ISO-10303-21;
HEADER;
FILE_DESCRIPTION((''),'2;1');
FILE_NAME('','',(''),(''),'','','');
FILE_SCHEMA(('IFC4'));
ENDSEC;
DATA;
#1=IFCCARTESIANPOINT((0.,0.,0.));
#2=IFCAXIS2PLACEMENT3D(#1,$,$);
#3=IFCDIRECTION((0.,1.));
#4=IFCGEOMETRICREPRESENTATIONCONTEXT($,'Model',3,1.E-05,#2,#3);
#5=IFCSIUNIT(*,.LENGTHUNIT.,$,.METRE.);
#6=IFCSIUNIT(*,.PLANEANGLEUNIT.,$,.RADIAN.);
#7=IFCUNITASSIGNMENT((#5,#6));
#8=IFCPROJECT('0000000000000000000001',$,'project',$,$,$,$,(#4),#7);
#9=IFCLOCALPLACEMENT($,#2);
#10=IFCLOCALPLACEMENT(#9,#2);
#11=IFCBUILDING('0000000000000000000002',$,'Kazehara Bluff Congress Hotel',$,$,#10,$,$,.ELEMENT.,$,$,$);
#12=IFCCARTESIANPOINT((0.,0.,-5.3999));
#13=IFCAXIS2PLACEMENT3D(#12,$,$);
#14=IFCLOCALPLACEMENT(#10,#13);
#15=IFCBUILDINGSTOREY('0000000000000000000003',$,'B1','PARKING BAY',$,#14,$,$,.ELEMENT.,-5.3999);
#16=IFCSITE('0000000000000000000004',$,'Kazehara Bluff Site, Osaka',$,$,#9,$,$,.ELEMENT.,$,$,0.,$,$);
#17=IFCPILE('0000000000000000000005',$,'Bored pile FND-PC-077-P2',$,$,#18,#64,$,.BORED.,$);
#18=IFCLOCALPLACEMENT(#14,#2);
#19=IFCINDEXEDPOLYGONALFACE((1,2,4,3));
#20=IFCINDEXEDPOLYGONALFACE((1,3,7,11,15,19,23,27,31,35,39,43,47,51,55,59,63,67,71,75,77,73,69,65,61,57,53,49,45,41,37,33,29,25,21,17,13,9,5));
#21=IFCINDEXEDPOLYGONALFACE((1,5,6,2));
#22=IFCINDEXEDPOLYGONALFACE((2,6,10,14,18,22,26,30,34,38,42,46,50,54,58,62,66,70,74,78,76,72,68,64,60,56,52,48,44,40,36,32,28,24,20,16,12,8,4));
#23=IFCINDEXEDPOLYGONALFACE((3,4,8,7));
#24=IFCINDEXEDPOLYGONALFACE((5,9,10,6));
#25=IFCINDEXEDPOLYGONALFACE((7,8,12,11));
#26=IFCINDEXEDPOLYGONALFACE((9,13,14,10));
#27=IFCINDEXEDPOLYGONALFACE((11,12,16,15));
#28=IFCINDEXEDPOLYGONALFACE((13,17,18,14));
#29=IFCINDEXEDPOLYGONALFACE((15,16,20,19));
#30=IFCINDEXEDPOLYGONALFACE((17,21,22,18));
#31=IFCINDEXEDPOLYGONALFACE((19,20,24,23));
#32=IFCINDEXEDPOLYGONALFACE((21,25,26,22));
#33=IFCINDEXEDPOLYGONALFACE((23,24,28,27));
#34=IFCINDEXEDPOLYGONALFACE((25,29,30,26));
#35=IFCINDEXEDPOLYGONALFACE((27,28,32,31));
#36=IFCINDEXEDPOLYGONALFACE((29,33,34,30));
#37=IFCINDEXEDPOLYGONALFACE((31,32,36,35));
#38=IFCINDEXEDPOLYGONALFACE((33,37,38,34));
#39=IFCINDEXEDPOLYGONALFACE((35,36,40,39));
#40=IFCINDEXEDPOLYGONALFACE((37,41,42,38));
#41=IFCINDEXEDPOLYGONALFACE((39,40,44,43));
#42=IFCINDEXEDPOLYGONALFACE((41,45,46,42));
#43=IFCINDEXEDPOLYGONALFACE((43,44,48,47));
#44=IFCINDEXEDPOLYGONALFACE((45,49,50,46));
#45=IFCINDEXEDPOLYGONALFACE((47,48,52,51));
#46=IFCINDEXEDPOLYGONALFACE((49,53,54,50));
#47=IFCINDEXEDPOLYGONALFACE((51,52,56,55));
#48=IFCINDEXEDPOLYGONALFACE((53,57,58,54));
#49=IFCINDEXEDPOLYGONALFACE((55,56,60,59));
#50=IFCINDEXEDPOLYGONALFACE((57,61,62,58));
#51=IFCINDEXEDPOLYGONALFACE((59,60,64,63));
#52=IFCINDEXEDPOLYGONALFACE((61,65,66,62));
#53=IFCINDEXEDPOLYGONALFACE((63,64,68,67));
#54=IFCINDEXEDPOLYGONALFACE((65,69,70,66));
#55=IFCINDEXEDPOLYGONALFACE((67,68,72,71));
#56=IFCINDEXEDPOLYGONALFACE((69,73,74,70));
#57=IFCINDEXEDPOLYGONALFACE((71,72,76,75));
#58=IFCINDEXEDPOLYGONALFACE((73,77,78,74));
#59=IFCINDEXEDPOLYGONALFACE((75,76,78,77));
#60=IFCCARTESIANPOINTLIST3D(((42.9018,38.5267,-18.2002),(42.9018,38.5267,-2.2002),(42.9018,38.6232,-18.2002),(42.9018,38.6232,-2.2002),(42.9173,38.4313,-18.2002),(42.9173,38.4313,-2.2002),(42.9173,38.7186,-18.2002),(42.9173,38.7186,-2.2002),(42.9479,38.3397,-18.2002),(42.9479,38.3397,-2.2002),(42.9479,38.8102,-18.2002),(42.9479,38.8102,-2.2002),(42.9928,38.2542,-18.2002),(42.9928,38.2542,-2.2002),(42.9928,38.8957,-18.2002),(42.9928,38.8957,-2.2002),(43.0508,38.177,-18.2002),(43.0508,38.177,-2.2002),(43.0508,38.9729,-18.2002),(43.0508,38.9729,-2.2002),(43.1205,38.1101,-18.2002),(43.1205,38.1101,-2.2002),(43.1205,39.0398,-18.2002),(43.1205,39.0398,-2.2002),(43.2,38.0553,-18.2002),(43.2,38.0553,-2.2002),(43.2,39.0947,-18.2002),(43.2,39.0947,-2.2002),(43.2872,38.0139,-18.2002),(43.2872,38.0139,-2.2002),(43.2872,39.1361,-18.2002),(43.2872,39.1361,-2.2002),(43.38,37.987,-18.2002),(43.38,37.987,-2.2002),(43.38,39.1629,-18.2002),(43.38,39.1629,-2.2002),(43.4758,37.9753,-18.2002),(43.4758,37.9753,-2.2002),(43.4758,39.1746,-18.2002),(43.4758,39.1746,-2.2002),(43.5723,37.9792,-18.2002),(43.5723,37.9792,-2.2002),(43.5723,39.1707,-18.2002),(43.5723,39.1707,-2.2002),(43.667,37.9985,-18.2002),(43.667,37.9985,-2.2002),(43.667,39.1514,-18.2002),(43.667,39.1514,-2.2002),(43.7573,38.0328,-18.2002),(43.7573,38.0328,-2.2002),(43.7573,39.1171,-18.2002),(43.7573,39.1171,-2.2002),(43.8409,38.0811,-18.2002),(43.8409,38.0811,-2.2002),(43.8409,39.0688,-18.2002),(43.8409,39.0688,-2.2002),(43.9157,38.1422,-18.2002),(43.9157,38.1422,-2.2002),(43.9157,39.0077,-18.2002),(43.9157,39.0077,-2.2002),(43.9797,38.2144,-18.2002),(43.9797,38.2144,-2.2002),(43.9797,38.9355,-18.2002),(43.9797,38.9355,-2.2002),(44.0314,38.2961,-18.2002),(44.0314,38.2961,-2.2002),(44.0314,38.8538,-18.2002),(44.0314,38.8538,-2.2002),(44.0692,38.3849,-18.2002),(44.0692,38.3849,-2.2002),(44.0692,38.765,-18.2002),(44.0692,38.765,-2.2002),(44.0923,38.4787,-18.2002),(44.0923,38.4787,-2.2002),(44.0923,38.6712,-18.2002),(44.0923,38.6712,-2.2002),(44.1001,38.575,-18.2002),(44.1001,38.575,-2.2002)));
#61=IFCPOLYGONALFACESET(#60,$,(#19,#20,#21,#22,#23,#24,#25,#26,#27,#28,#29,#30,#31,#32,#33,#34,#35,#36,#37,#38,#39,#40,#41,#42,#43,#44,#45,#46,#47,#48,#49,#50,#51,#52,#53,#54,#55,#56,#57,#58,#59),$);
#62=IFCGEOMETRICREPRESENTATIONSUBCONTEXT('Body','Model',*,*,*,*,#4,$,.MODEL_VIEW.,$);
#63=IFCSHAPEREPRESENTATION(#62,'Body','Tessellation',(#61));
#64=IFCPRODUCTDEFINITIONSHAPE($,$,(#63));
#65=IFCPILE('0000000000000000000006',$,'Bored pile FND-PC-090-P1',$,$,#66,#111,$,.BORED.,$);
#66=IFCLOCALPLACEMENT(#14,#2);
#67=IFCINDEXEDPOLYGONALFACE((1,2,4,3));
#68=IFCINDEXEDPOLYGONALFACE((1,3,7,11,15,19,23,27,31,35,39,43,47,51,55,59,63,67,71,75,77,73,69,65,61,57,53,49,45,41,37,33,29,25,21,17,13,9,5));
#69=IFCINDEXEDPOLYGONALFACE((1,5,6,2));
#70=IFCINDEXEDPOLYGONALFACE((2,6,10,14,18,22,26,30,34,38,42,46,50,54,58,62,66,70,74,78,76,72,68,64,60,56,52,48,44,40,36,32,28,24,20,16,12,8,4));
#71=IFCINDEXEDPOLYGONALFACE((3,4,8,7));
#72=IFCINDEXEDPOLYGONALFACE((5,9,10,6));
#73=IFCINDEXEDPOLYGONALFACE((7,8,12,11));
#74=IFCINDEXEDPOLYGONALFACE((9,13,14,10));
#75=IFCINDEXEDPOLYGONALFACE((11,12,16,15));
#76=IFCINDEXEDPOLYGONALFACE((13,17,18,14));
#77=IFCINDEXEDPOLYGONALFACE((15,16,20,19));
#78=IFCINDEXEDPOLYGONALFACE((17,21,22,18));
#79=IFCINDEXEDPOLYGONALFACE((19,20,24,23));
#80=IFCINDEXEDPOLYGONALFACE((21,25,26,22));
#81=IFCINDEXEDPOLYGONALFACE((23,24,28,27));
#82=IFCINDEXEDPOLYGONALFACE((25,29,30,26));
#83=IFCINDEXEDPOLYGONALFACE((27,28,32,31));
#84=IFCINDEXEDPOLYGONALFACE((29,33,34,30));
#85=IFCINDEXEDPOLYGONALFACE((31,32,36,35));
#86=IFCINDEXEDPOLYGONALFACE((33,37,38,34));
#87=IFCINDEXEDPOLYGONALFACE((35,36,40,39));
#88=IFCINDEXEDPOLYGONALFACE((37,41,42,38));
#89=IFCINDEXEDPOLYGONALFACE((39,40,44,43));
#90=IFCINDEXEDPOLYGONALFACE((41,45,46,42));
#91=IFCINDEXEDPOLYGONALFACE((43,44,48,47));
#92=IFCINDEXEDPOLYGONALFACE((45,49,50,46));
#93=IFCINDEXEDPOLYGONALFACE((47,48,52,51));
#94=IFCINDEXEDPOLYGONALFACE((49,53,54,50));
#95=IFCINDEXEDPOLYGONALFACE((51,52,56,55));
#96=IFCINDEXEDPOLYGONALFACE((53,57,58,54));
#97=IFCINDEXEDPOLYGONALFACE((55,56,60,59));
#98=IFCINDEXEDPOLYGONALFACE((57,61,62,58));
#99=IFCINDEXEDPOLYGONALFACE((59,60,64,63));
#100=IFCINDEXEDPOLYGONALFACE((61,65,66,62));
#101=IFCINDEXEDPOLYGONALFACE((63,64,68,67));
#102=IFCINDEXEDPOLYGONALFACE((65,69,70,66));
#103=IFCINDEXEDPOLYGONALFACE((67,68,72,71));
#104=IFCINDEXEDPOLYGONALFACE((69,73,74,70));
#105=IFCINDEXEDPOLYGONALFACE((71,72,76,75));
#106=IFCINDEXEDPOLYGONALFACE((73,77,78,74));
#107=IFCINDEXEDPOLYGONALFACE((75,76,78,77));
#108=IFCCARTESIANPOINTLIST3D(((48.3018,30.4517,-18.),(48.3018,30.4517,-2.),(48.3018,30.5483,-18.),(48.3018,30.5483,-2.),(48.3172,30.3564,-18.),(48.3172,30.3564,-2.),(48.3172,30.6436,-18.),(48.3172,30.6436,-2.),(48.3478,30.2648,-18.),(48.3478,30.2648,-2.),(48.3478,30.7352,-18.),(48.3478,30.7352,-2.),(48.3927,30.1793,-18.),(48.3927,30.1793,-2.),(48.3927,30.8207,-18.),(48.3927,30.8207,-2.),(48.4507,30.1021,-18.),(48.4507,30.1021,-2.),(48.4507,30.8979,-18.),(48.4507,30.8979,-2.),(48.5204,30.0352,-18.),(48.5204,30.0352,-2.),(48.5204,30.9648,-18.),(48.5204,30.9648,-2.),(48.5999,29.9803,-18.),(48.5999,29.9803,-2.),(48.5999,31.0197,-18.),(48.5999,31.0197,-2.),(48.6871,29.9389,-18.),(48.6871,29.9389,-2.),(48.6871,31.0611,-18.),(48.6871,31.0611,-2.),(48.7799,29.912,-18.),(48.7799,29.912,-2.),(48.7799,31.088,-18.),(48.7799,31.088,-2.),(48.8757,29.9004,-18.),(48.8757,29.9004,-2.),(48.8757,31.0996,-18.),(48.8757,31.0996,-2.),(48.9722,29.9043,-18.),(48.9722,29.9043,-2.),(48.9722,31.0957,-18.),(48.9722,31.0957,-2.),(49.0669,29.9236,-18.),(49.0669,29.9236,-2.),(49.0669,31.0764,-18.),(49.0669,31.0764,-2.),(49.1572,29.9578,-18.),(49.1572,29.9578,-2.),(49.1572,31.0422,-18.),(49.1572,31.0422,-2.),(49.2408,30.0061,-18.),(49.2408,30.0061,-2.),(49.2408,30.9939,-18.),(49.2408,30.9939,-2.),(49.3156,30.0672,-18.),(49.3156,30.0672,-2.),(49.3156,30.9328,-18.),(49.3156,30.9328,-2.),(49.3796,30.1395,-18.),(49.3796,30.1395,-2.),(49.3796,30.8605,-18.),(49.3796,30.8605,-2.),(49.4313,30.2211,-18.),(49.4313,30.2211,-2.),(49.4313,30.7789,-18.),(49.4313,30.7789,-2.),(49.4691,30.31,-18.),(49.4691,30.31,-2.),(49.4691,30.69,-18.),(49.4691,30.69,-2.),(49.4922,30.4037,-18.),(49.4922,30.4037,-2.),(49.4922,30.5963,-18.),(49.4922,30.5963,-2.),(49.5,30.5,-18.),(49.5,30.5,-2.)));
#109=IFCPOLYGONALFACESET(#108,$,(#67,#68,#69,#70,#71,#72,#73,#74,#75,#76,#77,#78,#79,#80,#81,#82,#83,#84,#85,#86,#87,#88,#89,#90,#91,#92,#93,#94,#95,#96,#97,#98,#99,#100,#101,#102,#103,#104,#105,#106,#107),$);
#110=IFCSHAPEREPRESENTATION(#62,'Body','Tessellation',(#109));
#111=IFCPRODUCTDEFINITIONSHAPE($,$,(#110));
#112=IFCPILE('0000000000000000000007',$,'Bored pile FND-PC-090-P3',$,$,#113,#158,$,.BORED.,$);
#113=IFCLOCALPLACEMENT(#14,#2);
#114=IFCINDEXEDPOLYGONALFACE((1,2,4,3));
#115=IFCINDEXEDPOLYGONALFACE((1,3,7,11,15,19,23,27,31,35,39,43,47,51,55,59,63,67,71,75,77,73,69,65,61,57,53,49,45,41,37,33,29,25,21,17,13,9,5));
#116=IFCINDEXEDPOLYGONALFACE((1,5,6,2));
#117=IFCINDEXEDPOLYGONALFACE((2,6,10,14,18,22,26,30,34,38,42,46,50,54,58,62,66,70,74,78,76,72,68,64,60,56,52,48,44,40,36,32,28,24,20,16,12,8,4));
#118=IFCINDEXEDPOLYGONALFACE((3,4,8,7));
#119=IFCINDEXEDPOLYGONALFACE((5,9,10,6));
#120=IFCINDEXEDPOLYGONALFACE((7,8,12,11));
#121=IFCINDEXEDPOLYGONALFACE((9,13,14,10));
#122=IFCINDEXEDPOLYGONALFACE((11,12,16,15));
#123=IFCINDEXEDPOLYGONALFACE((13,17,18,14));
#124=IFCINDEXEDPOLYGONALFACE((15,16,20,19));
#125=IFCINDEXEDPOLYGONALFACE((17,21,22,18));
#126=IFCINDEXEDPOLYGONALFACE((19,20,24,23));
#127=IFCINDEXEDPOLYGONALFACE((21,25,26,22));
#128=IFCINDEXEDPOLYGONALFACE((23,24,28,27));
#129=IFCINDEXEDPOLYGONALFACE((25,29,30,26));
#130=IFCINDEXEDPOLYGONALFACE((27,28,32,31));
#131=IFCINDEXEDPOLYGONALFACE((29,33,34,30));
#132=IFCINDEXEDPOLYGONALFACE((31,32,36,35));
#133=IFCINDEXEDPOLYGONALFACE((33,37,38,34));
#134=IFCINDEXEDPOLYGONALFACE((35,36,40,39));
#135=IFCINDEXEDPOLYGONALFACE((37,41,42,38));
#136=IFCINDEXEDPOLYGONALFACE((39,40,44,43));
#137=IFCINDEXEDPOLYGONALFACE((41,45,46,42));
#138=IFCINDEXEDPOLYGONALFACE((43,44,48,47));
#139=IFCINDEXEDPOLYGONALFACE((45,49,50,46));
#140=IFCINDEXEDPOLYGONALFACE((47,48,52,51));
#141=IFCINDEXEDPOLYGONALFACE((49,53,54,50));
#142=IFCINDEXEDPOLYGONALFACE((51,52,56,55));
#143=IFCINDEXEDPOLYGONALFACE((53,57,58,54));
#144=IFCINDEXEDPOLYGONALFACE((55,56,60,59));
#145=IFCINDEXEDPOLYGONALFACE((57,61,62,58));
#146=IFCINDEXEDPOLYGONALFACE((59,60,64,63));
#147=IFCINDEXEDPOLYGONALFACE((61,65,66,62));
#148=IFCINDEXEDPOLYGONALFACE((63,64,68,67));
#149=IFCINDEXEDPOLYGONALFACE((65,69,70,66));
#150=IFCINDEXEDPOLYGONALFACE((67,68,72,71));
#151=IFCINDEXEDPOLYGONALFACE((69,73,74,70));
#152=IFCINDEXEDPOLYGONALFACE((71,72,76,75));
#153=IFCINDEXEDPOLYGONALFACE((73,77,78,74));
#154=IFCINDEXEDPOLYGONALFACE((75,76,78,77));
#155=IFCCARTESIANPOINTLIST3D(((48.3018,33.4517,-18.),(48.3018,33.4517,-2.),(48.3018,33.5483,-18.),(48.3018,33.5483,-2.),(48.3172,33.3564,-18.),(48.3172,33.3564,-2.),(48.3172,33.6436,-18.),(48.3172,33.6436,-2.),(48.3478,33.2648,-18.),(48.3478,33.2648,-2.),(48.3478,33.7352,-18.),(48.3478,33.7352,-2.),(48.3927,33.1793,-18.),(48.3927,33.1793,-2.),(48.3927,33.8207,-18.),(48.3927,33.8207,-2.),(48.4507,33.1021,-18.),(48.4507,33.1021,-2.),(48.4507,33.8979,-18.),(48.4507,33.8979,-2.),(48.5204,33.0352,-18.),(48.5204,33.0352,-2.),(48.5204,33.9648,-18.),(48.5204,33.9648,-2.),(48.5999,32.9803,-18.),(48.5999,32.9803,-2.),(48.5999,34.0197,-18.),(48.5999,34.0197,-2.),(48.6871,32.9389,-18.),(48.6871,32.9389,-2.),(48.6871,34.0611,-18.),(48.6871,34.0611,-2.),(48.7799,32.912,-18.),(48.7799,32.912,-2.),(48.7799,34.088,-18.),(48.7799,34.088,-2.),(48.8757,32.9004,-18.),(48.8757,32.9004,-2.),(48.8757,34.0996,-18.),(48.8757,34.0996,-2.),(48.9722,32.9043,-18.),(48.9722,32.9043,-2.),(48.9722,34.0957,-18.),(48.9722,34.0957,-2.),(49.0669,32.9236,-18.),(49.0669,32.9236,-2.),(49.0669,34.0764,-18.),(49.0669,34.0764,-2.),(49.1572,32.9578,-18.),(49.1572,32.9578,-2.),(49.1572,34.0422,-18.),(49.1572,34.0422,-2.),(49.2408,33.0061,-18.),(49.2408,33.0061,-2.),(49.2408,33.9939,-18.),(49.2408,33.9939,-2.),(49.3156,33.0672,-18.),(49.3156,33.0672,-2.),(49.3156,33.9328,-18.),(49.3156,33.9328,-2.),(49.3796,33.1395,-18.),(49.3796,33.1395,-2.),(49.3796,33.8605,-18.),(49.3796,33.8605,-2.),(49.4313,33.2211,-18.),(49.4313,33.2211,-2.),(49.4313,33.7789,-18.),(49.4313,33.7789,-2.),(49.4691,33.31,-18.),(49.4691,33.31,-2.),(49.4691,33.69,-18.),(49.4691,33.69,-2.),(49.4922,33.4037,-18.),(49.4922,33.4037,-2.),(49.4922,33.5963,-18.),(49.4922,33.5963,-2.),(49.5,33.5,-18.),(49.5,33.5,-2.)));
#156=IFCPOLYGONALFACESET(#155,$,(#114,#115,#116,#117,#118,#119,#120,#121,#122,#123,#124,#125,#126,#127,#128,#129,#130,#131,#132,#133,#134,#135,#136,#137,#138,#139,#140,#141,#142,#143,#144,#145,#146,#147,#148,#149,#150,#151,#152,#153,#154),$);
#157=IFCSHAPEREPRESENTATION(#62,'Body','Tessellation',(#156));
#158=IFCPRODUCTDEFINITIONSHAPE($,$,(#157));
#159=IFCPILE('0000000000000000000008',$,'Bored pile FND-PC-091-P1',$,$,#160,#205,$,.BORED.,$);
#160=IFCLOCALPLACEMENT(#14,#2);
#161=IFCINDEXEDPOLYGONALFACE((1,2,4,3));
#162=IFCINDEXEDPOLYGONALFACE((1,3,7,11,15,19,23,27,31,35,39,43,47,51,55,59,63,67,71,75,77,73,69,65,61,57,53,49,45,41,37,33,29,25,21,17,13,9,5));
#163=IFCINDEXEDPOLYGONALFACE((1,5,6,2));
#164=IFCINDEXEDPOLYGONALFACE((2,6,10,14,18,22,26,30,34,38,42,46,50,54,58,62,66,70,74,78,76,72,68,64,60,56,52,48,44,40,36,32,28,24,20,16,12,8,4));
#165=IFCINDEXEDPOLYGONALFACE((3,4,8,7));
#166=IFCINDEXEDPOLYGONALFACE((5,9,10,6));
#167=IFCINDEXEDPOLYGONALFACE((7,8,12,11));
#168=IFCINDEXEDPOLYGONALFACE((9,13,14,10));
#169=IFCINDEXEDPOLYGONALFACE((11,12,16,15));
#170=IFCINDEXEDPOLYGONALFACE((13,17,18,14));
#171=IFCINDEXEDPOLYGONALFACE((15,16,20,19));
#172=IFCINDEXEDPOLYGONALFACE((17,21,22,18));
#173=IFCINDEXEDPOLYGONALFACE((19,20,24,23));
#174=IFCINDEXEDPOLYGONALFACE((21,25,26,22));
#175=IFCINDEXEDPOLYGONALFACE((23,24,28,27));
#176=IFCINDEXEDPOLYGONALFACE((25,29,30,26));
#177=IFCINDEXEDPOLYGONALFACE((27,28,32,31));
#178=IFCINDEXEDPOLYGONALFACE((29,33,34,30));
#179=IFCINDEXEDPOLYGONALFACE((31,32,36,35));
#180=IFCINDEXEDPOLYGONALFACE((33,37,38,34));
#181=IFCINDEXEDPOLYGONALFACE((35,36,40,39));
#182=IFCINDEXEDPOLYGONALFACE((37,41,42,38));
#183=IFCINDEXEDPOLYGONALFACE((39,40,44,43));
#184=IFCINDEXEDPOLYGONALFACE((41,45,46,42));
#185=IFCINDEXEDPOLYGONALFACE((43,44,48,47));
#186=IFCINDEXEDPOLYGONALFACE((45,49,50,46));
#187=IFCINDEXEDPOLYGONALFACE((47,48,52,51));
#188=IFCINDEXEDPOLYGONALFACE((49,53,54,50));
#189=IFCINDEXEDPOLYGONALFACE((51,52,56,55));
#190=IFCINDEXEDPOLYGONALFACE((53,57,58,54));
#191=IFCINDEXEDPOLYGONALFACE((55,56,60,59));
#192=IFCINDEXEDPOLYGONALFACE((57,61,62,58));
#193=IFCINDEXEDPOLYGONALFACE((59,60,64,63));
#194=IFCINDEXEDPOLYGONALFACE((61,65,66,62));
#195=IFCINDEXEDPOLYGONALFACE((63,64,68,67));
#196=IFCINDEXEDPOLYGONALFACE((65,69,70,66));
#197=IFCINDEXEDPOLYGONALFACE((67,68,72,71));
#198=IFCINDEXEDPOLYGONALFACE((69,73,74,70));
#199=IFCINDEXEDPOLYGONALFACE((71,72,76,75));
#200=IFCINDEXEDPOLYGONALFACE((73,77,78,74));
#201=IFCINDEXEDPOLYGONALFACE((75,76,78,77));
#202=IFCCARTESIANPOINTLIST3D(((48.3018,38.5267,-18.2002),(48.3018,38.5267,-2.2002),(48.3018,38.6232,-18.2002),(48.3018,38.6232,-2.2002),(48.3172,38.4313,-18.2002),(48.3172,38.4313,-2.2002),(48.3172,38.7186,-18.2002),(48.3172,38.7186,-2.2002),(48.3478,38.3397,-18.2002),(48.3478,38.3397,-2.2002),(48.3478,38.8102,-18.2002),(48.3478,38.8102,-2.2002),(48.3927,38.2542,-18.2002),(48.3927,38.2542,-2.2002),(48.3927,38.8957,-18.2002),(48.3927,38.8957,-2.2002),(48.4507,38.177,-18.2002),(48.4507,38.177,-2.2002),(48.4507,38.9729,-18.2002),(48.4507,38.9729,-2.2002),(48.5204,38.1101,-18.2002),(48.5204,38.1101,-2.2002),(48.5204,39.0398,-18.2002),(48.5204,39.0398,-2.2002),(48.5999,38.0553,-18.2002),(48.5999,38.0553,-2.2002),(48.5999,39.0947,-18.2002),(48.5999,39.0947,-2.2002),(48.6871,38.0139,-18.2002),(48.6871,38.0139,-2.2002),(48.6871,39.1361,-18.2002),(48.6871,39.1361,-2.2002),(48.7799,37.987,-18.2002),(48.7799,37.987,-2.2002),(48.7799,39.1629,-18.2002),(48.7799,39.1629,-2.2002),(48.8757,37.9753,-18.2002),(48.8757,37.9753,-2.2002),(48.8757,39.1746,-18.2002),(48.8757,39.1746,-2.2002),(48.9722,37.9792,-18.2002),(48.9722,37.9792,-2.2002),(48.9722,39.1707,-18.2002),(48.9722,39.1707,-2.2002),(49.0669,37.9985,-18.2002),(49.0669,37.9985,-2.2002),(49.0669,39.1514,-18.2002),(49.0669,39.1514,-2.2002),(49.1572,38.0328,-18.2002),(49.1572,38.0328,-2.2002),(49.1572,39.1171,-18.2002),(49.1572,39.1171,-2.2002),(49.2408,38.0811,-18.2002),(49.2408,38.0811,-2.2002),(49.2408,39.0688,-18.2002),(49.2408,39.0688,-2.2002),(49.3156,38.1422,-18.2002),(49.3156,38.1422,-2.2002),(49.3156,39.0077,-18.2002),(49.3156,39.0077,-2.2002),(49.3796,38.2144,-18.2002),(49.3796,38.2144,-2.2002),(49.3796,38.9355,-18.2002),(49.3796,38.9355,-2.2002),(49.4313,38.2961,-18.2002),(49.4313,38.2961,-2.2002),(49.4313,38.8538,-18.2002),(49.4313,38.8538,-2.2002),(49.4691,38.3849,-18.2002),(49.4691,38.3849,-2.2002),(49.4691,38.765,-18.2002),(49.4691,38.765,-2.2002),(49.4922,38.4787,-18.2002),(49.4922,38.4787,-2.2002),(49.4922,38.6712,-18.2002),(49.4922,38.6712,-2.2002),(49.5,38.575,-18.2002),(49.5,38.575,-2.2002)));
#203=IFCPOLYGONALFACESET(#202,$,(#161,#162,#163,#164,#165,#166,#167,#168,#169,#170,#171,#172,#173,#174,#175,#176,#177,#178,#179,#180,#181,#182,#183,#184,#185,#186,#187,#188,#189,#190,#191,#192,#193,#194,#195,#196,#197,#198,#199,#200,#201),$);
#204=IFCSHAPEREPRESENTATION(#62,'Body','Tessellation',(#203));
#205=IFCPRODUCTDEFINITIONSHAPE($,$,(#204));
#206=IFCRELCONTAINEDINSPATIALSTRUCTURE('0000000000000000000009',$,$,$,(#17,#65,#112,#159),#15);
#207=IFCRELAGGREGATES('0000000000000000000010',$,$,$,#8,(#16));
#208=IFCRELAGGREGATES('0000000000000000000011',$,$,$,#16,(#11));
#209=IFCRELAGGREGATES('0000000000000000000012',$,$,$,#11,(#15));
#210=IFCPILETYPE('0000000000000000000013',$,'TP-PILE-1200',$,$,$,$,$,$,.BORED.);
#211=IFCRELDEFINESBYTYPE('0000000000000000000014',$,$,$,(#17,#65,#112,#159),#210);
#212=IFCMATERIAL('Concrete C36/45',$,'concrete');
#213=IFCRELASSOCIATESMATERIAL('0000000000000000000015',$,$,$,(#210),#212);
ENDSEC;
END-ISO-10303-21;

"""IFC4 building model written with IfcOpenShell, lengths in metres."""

from ifc_helpers import new_model, si_unit, direction, frame, origin, origin_2d, place, context, subcontext, project, spatial, circle, extrude, material, material_profile, profile_set, type_object, element, save


model = new_model("IFC4")

# Units and contexts
model_context = context("Model", 3, precision=1e-05, world=origin(), true_north=direction((0.0, 1.0)))
body_context = subcontext(model_context, "Body", "Model", "MODEL_VIEW")
ifc_project = project(units=[si_unit("LENGTHUNIT", "METRE"), si_unit("PLANEANGLEUNIT", "RADIAN")], contexts=[model_context])

# Site, building, storey
site_placement = place(None, origin())
site = spatial("IfcSite", under=ifc_project, at=site_placement, Name="Kazehara Bluff Site, Osaka", CompositionType="ELEMENT", RefElevation=0.0)
building_placement = place(site_placement, origin())
building = spatial("IfcBuilding", under=site, at=building_placement, Name="Kazehara Bluff Congress Hotel", CompositionType="ELEMENT")
storey_placement = place(building_placement, frame((0.0, 0.0, -5.3999)))
storey = spatial("IfcBuildingStorey", under=building, at=storey_placement, Name="B1", Description="PARKING BAY", CompositionType="ELEMENT", Elevation=-5.3999)

# Piles
ifc_material_1 = material(Name="Concrete C36/45", Category="concrete")
ifc_material_profile_1 = material_profile(ifc_material_1, circle(Radius=0.6001, at=origin_2d()))
ifc_profile_set_1 = profile_set([ifc_material_profile_1], Name="Concrete C36/45")
pile_type = type_object("IfcPileType", Name="TP-PILE-1200", PredefinedType="BORED", material=ifc_profile_set_1)
for number, where, z_axis, x_axis, name in (
    (1, (43.5, 38.575, -2.2002), (0.0, 0.0, -1.0), (1.0, 0.0, 0.0), "Bored pile FND-PC-077-P2"),
    (2, (48.8999, 30.5, -2.0), (0.0, 0.0, -1.0), (1.0, 0.0, 0.0), "Bored pile FND-PC-090-P1"),
    (3, (48.8999, 33.5, -2.0), (0.0, 0.0, -1.0), (1.0, 0.0, 0.0), "Bored pile FND-PC-090-P3"),
    (4, (48.8999, 38.575, -2.2002), (0.0, 0.0, -1.0), (1.0, 0.0, 0.0), "Bored pile FND-PC-091-P1"),
):
    element("IfcPile", number, at=place(storey_placement, frame(where, z_axis=z_axis, x_axis=x_axis)), inside=storey, type_object=pile_type, Name=name, PredefinedType="BORED", context=body_context, shape_type="SweptSolid", body=[
        extrude(circle(Radius=0.6001, at=origin_2d()), origin(), (0.0, 0.0, 1.0), 16.0),
    ])

save(model, "model.ifc")
